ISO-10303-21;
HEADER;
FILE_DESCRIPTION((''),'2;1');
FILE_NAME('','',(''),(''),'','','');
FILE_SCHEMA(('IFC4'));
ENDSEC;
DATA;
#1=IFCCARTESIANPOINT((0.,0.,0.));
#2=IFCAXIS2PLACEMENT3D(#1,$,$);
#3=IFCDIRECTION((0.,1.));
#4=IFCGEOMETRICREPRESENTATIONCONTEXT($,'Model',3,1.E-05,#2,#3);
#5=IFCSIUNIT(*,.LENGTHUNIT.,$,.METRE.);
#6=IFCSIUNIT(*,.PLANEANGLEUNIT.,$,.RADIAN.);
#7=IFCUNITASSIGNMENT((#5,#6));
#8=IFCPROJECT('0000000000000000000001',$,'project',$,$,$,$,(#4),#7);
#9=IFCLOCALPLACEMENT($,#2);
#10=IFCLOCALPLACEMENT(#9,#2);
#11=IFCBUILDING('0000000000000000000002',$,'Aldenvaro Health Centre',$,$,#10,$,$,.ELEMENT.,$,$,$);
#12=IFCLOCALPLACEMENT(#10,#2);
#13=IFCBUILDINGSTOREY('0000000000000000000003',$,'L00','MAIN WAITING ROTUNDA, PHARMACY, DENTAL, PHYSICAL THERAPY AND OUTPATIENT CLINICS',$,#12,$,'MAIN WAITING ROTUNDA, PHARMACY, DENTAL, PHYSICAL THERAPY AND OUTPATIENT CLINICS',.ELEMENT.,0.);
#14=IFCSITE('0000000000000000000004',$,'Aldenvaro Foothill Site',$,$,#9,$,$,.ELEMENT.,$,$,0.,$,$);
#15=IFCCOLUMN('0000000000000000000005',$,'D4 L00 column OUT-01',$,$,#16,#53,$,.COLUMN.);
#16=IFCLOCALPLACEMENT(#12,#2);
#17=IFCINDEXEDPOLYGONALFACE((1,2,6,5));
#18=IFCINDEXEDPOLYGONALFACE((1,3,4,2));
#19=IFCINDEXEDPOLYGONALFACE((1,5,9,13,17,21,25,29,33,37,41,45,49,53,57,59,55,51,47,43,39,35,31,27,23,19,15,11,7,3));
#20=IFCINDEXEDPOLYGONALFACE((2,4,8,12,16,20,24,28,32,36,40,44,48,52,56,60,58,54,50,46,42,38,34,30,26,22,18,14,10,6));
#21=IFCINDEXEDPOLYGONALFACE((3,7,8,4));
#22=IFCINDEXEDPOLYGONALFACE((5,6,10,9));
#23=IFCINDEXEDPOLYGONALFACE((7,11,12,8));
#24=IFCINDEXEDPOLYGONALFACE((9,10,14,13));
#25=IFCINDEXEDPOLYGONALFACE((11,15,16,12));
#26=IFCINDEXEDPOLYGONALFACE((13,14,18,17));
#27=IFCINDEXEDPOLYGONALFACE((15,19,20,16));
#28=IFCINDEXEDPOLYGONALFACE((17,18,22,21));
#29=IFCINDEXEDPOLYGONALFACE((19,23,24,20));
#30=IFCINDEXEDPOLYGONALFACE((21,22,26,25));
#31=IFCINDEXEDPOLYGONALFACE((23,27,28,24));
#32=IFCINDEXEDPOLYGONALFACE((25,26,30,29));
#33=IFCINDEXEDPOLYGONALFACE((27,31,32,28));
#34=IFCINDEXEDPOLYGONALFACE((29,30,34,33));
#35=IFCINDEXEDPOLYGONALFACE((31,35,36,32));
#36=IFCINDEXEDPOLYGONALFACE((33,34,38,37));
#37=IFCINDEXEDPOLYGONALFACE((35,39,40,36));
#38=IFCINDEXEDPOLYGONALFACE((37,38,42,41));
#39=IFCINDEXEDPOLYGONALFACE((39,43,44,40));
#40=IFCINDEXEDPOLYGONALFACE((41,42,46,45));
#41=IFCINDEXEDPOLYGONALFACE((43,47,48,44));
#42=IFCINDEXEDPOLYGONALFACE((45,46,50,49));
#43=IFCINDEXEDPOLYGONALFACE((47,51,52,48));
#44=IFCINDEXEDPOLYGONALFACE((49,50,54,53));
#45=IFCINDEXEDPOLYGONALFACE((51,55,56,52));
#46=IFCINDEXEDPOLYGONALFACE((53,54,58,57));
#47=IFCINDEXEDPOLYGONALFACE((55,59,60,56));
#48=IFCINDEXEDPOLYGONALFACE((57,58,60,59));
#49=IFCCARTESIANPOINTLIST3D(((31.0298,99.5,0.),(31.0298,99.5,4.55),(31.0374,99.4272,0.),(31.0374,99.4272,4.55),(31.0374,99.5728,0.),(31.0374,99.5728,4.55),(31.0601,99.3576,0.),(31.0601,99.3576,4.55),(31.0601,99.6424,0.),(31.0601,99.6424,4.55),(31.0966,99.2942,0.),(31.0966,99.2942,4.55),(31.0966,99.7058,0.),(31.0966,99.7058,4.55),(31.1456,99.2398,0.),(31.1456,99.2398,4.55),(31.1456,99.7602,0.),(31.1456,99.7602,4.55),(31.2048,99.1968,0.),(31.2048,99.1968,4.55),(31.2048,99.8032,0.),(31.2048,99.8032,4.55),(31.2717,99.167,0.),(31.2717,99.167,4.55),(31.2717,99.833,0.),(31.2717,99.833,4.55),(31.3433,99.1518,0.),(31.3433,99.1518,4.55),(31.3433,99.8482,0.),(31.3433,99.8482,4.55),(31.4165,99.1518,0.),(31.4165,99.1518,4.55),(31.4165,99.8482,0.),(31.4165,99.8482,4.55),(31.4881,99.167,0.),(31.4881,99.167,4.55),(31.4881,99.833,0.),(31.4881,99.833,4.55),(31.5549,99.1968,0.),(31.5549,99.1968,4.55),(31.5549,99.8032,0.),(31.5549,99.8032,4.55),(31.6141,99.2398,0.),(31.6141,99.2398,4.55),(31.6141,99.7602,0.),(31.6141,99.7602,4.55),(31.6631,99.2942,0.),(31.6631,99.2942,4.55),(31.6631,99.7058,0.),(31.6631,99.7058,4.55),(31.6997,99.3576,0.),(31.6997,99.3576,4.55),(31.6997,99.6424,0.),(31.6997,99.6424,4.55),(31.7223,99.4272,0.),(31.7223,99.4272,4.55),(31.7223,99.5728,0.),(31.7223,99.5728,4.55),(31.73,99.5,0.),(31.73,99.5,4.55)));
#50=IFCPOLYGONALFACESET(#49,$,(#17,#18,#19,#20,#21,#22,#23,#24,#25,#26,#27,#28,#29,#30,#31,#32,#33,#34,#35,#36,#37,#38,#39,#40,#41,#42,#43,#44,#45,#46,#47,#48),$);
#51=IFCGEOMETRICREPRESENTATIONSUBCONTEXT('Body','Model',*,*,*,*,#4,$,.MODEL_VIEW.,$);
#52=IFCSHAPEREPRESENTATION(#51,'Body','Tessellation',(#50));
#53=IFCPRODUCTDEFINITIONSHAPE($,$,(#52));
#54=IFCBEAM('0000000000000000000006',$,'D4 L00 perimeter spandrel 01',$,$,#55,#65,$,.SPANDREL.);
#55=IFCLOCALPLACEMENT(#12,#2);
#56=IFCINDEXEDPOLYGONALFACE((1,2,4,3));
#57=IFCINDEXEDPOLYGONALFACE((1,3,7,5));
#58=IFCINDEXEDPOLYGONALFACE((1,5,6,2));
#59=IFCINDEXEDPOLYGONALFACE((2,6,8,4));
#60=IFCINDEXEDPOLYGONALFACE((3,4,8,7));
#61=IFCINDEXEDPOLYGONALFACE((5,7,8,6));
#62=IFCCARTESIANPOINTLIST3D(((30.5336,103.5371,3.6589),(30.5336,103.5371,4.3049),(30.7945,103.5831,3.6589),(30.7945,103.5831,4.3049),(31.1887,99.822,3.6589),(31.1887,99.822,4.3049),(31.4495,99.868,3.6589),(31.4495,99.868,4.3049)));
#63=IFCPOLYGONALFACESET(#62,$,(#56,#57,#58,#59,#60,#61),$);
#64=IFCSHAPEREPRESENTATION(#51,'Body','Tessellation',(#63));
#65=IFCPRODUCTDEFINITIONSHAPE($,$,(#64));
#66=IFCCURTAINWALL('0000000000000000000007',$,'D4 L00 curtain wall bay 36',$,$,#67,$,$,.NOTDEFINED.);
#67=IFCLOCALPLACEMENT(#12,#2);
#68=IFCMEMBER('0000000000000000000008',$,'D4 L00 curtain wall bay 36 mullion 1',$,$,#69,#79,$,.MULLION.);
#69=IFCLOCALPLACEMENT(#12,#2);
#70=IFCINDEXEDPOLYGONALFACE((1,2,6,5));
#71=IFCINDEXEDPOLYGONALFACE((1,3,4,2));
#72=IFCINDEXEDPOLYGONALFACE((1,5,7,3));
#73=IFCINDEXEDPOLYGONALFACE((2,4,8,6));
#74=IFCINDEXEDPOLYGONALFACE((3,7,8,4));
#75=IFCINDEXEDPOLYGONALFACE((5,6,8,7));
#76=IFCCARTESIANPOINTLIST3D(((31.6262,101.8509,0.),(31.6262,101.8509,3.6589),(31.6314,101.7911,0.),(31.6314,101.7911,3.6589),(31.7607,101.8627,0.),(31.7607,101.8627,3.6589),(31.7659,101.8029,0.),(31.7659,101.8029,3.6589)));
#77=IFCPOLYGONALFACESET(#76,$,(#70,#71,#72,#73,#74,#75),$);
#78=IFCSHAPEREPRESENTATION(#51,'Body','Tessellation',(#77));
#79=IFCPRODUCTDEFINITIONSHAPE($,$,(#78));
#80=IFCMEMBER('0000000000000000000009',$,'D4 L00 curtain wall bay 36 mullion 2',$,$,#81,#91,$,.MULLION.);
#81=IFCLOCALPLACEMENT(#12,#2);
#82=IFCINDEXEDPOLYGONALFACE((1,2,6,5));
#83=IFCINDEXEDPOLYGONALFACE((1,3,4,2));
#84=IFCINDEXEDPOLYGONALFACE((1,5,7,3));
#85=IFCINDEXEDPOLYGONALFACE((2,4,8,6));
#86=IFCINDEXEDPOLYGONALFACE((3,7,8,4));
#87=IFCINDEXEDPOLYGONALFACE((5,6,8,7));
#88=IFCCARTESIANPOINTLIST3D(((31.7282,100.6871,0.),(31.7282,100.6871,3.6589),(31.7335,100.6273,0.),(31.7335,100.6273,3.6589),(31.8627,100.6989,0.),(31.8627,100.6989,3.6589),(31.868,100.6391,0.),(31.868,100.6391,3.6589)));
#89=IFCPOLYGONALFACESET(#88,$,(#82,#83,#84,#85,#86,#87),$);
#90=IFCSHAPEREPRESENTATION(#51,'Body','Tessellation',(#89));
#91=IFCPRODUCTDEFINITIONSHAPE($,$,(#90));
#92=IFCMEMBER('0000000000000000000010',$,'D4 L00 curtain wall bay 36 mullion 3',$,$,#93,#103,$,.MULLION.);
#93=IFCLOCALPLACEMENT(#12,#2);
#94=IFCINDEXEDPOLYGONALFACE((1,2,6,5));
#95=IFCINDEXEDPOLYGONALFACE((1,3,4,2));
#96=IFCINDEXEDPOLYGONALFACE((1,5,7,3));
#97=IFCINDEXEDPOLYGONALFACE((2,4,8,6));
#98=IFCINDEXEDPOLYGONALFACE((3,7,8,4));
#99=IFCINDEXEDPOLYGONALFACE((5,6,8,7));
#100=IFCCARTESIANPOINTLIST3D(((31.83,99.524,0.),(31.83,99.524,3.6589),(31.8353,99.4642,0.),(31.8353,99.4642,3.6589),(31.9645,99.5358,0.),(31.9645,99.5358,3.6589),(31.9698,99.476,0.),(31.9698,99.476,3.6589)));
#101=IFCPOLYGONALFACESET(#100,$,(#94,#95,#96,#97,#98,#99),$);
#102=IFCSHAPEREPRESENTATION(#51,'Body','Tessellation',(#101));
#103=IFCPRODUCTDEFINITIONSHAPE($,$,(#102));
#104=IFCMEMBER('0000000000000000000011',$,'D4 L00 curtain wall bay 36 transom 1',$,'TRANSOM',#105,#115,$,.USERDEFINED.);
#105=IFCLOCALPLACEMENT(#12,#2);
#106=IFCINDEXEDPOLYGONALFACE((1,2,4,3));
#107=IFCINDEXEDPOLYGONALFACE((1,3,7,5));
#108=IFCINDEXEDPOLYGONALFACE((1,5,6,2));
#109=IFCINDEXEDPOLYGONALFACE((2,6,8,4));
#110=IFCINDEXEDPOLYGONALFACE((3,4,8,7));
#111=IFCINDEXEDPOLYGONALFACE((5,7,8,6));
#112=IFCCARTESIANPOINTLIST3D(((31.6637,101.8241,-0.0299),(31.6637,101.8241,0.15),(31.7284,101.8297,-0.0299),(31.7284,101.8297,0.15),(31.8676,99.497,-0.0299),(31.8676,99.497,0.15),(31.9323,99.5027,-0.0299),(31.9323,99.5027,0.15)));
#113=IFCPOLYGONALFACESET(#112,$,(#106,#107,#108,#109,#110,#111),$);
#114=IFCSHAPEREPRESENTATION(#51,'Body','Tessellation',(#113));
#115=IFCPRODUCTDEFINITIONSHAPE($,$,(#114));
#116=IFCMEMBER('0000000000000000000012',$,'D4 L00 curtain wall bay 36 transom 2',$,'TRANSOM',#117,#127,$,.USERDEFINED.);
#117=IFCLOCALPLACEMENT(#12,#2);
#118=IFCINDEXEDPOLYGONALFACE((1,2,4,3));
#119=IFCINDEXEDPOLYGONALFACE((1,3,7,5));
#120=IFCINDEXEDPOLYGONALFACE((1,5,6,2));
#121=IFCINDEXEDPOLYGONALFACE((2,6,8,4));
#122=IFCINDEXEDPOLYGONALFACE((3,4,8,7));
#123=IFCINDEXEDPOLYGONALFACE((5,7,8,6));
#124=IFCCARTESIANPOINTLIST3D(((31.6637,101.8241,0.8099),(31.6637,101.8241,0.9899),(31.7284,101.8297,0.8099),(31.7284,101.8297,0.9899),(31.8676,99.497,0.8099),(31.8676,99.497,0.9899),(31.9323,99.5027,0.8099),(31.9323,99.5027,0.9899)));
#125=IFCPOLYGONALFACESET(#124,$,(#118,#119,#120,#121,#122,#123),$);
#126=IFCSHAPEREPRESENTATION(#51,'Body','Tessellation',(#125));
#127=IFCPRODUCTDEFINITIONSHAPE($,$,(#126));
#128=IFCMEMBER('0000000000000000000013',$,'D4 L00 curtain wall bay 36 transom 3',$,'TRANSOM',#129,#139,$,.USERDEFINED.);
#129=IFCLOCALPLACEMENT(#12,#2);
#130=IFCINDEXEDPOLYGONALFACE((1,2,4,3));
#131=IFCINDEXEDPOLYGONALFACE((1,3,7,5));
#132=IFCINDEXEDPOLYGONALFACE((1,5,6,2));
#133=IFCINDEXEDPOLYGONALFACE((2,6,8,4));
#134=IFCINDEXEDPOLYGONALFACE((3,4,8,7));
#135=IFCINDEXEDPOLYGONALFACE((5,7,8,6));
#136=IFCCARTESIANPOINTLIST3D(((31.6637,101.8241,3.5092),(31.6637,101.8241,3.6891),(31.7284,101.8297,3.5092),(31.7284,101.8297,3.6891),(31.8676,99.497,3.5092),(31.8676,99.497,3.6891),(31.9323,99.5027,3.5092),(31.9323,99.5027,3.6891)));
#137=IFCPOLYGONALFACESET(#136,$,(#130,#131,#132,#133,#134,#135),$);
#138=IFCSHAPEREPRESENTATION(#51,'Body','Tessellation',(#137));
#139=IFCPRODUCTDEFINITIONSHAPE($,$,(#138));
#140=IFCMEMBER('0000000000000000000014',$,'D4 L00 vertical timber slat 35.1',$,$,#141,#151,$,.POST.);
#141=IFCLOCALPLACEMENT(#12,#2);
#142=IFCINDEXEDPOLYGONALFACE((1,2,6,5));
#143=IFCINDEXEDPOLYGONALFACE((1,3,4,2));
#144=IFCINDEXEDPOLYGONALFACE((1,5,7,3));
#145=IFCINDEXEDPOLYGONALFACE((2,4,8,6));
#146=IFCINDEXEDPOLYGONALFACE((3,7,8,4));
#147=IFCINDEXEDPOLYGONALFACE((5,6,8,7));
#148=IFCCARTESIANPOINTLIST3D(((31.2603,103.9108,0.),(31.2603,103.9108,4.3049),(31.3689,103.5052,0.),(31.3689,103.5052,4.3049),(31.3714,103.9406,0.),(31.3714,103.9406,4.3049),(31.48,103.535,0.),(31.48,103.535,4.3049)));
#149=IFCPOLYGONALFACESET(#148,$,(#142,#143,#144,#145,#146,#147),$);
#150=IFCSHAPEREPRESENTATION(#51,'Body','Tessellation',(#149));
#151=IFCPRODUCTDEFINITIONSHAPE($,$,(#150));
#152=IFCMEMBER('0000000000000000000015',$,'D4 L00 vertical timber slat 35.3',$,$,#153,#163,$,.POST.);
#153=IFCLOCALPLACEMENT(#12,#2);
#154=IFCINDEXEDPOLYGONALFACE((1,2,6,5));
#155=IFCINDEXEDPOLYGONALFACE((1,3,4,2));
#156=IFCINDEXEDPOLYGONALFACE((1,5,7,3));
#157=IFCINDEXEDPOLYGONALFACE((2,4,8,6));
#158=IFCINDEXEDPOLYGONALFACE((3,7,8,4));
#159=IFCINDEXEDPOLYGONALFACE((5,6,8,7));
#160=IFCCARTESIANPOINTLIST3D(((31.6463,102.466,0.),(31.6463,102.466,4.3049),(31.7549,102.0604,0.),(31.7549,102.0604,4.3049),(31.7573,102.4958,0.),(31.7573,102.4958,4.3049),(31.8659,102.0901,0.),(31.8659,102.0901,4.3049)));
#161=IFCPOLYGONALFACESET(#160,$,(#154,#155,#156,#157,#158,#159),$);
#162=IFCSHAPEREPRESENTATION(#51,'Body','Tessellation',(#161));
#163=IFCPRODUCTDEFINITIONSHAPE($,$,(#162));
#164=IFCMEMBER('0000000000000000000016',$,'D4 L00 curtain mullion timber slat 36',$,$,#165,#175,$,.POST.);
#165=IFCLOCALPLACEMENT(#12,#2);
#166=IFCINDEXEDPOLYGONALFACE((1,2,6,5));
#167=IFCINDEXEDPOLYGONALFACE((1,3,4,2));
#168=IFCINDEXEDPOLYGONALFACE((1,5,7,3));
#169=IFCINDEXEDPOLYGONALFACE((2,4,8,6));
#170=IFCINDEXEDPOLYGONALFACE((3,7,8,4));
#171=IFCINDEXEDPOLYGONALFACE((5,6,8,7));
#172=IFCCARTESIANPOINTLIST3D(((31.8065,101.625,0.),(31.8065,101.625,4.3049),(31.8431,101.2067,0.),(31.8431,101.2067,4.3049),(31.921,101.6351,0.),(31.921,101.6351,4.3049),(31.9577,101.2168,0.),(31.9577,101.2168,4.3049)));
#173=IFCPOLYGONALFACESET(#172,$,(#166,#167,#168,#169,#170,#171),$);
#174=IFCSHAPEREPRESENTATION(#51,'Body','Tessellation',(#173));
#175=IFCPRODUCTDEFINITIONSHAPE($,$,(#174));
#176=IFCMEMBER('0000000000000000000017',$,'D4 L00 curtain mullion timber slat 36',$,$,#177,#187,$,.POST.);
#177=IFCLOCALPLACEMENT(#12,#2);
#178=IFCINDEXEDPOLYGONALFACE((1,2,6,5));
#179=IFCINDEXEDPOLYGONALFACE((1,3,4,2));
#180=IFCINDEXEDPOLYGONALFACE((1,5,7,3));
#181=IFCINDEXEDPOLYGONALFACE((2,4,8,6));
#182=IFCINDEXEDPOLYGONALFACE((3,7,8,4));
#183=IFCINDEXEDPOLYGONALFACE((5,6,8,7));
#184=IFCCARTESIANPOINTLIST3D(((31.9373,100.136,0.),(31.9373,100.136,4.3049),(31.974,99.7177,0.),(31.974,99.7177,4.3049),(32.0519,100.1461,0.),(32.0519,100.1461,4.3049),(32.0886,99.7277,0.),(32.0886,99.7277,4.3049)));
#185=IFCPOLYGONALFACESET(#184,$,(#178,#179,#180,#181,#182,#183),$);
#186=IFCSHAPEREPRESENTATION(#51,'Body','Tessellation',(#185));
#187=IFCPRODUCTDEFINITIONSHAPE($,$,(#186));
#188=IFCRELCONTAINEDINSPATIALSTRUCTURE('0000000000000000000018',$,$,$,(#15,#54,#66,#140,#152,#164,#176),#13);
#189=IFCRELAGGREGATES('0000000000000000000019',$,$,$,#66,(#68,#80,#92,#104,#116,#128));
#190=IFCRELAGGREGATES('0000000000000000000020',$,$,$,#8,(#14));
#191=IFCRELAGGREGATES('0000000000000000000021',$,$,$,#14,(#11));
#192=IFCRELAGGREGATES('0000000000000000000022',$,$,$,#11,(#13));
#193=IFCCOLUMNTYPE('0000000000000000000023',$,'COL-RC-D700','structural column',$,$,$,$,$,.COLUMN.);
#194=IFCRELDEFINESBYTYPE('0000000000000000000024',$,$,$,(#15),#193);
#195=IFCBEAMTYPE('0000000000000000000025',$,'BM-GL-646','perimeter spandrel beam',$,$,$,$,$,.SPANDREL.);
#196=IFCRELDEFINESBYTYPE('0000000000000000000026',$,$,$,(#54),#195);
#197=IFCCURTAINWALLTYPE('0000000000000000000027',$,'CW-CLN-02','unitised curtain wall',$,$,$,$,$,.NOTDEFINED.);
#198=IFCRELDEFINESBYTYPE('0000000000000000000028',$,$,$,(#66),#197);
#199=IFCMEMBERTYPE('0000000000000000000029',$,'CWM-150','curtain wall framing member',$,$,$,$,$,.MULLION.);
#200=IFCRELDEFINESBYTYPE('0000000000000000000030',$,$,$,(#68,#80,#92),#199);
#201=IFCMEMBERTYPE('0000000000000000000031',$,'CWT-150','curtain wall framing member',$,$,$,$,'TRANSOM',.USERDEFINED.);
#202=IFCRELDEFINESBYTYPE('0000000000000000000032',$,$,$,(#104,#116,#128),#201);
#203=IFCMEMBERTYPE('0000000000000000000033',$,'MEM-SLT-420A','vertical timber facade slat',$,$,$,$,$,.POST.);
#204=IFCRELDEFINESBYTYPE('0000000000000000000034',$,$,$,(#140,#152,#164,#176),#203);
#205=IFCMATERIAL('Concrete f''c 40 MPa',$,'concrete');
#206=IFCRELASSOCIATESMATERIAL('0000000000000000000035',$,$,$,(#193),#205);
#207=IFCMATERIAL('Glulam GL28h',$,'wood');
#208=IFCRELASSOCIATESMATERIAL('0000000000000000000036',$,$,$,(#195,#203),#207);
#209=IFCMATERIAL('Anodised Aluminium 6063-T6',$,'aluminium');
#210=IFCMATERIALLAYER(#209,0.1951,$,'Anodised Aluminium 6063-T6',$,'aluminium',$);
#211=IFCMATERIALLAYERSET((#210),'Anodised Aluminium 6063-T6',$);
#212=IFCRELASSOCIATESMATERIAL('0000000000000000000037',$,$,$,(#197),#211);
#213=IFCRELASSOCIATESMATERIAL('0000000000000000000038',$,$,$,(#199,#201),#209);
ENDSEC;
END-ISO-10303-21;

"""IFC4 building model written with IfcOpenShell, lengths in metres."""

from ifc_helpers import new_model, si_unit, direction, frame, origin, origin_2d, place, context, subcontext, project, spatial, rectangle, circle, extrude, material, layer, layer_set, material_profile, profile_set, type_object, element, aggregate, save


model = new_model("IFC4")

# Units and contexts
model_context = context("Model", 3, precision=1e-05, world=origin(), true_north=direction((0.0, 1.0)))
body_context = subcontext(model_context, "Body", "Model", "MODEL_VIEW")
ifc_project = project(units=[si_unit("LENGTHUNIT", "METRE"), si_unit("PLANEANGLEUNIT", "RADIAN")], contexts=[model_context])

# Site, building, storey
site_placement = place(None, origin())
site = spatial("IfcSite", under=ifc_project, at=site_placement, Name="Aldenvaro Foothill Site", CompositionType="ELEMENT", RefElevation=0.0)
building_placement = place(site_placement, origin())
building = spatial("IfcBuilding", under=site, at=building_placement, Name="Aldenvaro Health Centre", CompositionType="ELEMENT")
storey_placement = place(building_placement, origin())
storey = spatial("IfcBuildingStorey", under=building, at=storey_placement, Name="L00", Description="MAIN WAITING ROTUNDA, PHARMACY, DENTAL, PHYSICAL THERAPY AND OUTPATIENT CLINICS", LongName="MAIN WAITING ROTUNDA, PHARMACY, DENTAL, PHYSICAL THERAPY AND OUTPATIENT CLINICS", CompositionType="ELEMENT", Elevation=0.0)

# Column
ifc_material_1 = material(Name="Concrete f'c 40 MPa", Category="concrete")
ifc_material_profile_1 = material_profile(ifc_material_1, circle(Radius=0.3501, at=origin_2d()), Name="RC D700", Category="concrete")
ifc_profile_set_1 = profile_set([ifc_material_profile_1], Name="Concrete f'c 40 MPa")
column_type = type_object("IfcColumnType", Name="COL-RC-D700", Description="structural column", PredefinedType="COLUMN", material=ifc_profile_set_1)
column_placement = place(storey_placement, frame((31.3799, 99.5, 0.0), z_axis=(0.0, 0.0, 1.0), x_axis=(1.0, 0.0, 0.0)))
element("IfcColumn", 1, at=column_placement, inside=storey, type_object=column_type, Name="D4 L00 column OUT-01", PredefinedType="COLUMN", context=body_context, shape_type="SweptSolid", body=[
    extrude(circle(Radius=0.3501, at=origin_2d()), origin(), (0.0, 0.0, 1.0), 4.55),
])

# Beam
ifc_material_2 = material(Name="Glulam GL28h", Category="wood")
ifc_material_profile_2 = material_profile(ifc_material_2, rectangle(XDim=0.2649, YDim=0.646, at=origin_2d()), Name="GL 265x646", Category="wood")
ifc_profile_set_2 = profile_set([ifc_material_profile_2], Name="Glulam GL28h")
beam_type = type_object("IfcBeamType", Name="BM-GL-646", Description="perimeter spandrel beam", PredefinedType="SPANDREL", material=ifc_profile_set_2)
beam_placement = place(storey_placement, frame((31.3191, 99.845, 3.9819), z_axis=(-0.173638, 0.98481, 0.0), x_axis=(-0.98481, -0.173638, 0.0)))
element("IfcBeam", 2, at=beam_placement, inside=storey, type_object=beam_type, Name="D4 L00 perimeter spandrel 01", PredefinedType="SPANDREL", context=body_context, shape_type="SweptSolid", body=[
    extrude(rectangle(XDim=0.2649, YDim=0.646, at=origin_2d()), origin(), (0.0, 0.0, 1.0), 3.7725),
])

# Curtain wall, members
ifc_material_3 = material(Name="Anodised Aluminium 6063-T6", Category="aluminium")
ifc_layer_1 = layer(ifc_material_3, 0.1951, Name="Anodised Aluminium 6063-T6", Category="aluminium")
ifc_layer_set_1 = layer_set([ifc_layer_1], Name="Anodised Aluminium 6063-T6")
curtain_wall_type = type_object("IfcCurtainWallType", Name="CW-CLN-02", Description="unitised curtain wall", PredefinedType="NOTDEFINED", material=ifc_layer_set_1)
curtain_wall_placement = place(storey_placement, origin())
curtain_wall = element("IfcCurtainWall", 3, at=curtain_wall_placement, inside=storey, type_object=curtain_wall_type, Name="D4 L00 curtain wall bay 36", PredefinedType="NOTDEFINED")
ifc_material_profile_3 = material_profile(ifc_material_3, rectangle(XDim=0.0601, YDim=0.135, at=origin_2d()), Name="ALU 60x135", Category="aluminium")
ifc_profile_set_3 = profile_set([ifc_material_profile_3], Name="Anodised Aluminium 6063-T6")
member_type_1 = type_object("IfcMemberType", Name="CWM-150", Description="curtain wall framing member", PredefinedType="MULLION", material=ifc_profile_set_3)
member_1_placement = place(storey_placement, frame((31.696, 101.8269, 0.0), z_axis=(0.0, 0.0, 1.0), x_axis=(0.087332, -0.996179, 0.0)))
member_1 = element("IfcMember", 4, at=member_1_placement, type_object=member_type_1, Name="D4 L00 curtain wall bay 36 mullion 1", PredefinedType="MULLION", context=body_context, shape_type="SweptSolid", body=[
    extrude(rectangle(XDim=0.0601, YDim=0.135, at=origin_2d()), origin(), (0.0, 0.0, 1.0), 3.6589),
])
member_2_placement = place(storey_placement, frame((31.7981, 100.6631, 0.0), z_axis=(0.0, 0.0, 1.0), x_axis=(0.087332, -0.996179, 0.0)))
member_2 = element("IfcMember", 5, at=member_2_placement, type_object=member_type_1, Name="D4 L00 curtain wall bay 36 mullion 2", PredefinedType="MULLION", context=body_context, shape_type="SweptSolid", body=[
    extrude(rectangle(XDim=0.0601, YDim=0.135, at=origin_2d()), origin(), (0.0, 0.0, 1.0), 3.6589),
])
member_3_placement = place(storey_placement, frame((31.8999, 99.5, 0.0), z_axis=(0.0, 0.0, 1.0), x_axis=(0.087332, -0.996179, 0.0)))
member_3 = element("IfcMember", 6, at=member_3_placement, type_object=member_type_1, Name="D4 L00 curtain wall bay 36 mullion 3", PredefinedType="MULLION", context=body_context, shape_type="SweptSolid", body=[
    extrude(rectangle(XDim=0.0601, YDim=0.135, at=origin_2d()), origin(), (0.0, 0.0, 1.0), 3.6589),
])
ifc_material_profile_4 = material_profile(ifc_material_3, rectangle(XDim=0.0649, YDim=0.1799, at=origin_2d()), Name="ALU 65x180", Category="aluminium")
ifc_profile_set_4 = profile_set([ifc_material_profile_4], Name="Anodised Aluminium 6063-T6")
member_type_2 = type_object("IfcMemberType", Name="CWT-150", Description="curtain wall framing member", ElementType="TRANSOM", PredefinedType="USERDEFINED", material=ifc_profile_set_4)
member_4_placement = place(storey_placement, frame((31.696, 101.8269, 0.0601), z_axis=(0.087275, -0.996184, 0.0), x_axis=(0.996184, 0.087275, 0.0)))
member_4 = element("IfcMember", 7, at=member_4_placement, type_object=member_type_2, Name="D4 L00 curtain wall bay 36 transom 1", ObjectType="TRANSOM", PredefinedType="USERDEFINED", context=body_context, shape_type="SweptSolid", body=[
    extrude(rectangle(XDim=0.0649, YDim=0.1799, at=origin_2d()), origin(), (0.0, 0.0, 1.0), 2.3359),
])
member_5_placement = place(storey_placement, frame((31.696, 101.8269, 0.8999), z_axis=(0.087275, -0.996184, 0.0), x_axis=(0.996184, 0.087275, 0.0)))
member_5 = element("IfcMember", 8, at=member_5_placement, type_object=member_type_2, Name="D4 L00 curtain wall bay 36 transom 2", ObjectType="TRANSOM", PredefinedType="USERDEFINED", context=body_context, shape_type="SweptSolid", body=[
    extrude(rectangle(XDim=0.0649, YDim=0.1799, at=origin_2d()), origin(), (0.0, 0.0, 1.0), 2.3359),
])
member_6_placement = place(storey_placement, frame((31.696, 101.8269, 3.5991), z_axis=(0.087275, -0.996184, 0.0), x_axis=(0.996184, 0.087275, 0.0)))
member_6 = element("IfcMember", 9, at=member_6_placement, type_object=member_type_2, Name="D4 L00 curtain wall bay 36 transom 3", ObjectType="TRANSOM", PredefinedType="USERDEFINED", context=body_context, shape_type="SweptSolid", body=[
    extrude(rectangle(XDim=0.0649, YDim=0.1799, at=origin_2d()), origin(), (0.0, 0.0, 1.0), 2.3359),
])

# Members
ifc_material_profile_5 = material_profile(ifc_material_2, rectangle(XDim=0.115, YDim=0.4199, at=origin_2d()), Name="GL 115x420", Category="wood")
ifc_profile_set_5 = profile_set([ifc_material_profile_5], Name="Glulam GL28h")
member_type_3 = type_object("IfcMemberType", Name="MEM-SLT-420A", Description="vertical timber facade slat", PredefinedType="POST", material=ifc_profile_set_5)
for number, where, z_axis, x_axis, name in (
    (10, (31.3701, 103.7229, 0.0), (0.0, 0.0, 1.0), (0.965979, 0.258622, 0.0), "D4 L00 vertical timber slat 35.1"),
    (11, (31.7561, 102.2781, 0.0), (0.0, 0.0, 1.0), (0.965979, 0.258622, 0.0), "D4 L00 vertical timber slat 35.3"),
    (12, (31.8821, 101.4209, 0.0), (0.0, 0.0, 1.0), (0.996179, 0.087332, 0.0), "D4 L00 curtain mullion timber slat 36"),
    (13, (32.0129, 99.9319, 0.0), (0.0, 0.0, 1.0), (0.996179, 0.087332, 0.0), "D4 L00 curtain mullion timber slat 36"),
):
    element("IfcMember", number, at=place(storey_placement, frame(where, z_axis=z_axis, x_axis=x_axis)), inside=storey, type_object=member_type_3, Name=name, PredefinedType="POST", context=body_context, shape_type="SweptSolid", body=[
        extrude(rectangle(XDim=0.115, YDim=0.4199, at=origin_2d()), origin(), (0.0, 0.0, 1.0), 4.3049),
    ])

aggregate(curtain_wall, [member_1, member_2, member_3, member_4, member_5, member_6])

save(model, "model.ifc")
